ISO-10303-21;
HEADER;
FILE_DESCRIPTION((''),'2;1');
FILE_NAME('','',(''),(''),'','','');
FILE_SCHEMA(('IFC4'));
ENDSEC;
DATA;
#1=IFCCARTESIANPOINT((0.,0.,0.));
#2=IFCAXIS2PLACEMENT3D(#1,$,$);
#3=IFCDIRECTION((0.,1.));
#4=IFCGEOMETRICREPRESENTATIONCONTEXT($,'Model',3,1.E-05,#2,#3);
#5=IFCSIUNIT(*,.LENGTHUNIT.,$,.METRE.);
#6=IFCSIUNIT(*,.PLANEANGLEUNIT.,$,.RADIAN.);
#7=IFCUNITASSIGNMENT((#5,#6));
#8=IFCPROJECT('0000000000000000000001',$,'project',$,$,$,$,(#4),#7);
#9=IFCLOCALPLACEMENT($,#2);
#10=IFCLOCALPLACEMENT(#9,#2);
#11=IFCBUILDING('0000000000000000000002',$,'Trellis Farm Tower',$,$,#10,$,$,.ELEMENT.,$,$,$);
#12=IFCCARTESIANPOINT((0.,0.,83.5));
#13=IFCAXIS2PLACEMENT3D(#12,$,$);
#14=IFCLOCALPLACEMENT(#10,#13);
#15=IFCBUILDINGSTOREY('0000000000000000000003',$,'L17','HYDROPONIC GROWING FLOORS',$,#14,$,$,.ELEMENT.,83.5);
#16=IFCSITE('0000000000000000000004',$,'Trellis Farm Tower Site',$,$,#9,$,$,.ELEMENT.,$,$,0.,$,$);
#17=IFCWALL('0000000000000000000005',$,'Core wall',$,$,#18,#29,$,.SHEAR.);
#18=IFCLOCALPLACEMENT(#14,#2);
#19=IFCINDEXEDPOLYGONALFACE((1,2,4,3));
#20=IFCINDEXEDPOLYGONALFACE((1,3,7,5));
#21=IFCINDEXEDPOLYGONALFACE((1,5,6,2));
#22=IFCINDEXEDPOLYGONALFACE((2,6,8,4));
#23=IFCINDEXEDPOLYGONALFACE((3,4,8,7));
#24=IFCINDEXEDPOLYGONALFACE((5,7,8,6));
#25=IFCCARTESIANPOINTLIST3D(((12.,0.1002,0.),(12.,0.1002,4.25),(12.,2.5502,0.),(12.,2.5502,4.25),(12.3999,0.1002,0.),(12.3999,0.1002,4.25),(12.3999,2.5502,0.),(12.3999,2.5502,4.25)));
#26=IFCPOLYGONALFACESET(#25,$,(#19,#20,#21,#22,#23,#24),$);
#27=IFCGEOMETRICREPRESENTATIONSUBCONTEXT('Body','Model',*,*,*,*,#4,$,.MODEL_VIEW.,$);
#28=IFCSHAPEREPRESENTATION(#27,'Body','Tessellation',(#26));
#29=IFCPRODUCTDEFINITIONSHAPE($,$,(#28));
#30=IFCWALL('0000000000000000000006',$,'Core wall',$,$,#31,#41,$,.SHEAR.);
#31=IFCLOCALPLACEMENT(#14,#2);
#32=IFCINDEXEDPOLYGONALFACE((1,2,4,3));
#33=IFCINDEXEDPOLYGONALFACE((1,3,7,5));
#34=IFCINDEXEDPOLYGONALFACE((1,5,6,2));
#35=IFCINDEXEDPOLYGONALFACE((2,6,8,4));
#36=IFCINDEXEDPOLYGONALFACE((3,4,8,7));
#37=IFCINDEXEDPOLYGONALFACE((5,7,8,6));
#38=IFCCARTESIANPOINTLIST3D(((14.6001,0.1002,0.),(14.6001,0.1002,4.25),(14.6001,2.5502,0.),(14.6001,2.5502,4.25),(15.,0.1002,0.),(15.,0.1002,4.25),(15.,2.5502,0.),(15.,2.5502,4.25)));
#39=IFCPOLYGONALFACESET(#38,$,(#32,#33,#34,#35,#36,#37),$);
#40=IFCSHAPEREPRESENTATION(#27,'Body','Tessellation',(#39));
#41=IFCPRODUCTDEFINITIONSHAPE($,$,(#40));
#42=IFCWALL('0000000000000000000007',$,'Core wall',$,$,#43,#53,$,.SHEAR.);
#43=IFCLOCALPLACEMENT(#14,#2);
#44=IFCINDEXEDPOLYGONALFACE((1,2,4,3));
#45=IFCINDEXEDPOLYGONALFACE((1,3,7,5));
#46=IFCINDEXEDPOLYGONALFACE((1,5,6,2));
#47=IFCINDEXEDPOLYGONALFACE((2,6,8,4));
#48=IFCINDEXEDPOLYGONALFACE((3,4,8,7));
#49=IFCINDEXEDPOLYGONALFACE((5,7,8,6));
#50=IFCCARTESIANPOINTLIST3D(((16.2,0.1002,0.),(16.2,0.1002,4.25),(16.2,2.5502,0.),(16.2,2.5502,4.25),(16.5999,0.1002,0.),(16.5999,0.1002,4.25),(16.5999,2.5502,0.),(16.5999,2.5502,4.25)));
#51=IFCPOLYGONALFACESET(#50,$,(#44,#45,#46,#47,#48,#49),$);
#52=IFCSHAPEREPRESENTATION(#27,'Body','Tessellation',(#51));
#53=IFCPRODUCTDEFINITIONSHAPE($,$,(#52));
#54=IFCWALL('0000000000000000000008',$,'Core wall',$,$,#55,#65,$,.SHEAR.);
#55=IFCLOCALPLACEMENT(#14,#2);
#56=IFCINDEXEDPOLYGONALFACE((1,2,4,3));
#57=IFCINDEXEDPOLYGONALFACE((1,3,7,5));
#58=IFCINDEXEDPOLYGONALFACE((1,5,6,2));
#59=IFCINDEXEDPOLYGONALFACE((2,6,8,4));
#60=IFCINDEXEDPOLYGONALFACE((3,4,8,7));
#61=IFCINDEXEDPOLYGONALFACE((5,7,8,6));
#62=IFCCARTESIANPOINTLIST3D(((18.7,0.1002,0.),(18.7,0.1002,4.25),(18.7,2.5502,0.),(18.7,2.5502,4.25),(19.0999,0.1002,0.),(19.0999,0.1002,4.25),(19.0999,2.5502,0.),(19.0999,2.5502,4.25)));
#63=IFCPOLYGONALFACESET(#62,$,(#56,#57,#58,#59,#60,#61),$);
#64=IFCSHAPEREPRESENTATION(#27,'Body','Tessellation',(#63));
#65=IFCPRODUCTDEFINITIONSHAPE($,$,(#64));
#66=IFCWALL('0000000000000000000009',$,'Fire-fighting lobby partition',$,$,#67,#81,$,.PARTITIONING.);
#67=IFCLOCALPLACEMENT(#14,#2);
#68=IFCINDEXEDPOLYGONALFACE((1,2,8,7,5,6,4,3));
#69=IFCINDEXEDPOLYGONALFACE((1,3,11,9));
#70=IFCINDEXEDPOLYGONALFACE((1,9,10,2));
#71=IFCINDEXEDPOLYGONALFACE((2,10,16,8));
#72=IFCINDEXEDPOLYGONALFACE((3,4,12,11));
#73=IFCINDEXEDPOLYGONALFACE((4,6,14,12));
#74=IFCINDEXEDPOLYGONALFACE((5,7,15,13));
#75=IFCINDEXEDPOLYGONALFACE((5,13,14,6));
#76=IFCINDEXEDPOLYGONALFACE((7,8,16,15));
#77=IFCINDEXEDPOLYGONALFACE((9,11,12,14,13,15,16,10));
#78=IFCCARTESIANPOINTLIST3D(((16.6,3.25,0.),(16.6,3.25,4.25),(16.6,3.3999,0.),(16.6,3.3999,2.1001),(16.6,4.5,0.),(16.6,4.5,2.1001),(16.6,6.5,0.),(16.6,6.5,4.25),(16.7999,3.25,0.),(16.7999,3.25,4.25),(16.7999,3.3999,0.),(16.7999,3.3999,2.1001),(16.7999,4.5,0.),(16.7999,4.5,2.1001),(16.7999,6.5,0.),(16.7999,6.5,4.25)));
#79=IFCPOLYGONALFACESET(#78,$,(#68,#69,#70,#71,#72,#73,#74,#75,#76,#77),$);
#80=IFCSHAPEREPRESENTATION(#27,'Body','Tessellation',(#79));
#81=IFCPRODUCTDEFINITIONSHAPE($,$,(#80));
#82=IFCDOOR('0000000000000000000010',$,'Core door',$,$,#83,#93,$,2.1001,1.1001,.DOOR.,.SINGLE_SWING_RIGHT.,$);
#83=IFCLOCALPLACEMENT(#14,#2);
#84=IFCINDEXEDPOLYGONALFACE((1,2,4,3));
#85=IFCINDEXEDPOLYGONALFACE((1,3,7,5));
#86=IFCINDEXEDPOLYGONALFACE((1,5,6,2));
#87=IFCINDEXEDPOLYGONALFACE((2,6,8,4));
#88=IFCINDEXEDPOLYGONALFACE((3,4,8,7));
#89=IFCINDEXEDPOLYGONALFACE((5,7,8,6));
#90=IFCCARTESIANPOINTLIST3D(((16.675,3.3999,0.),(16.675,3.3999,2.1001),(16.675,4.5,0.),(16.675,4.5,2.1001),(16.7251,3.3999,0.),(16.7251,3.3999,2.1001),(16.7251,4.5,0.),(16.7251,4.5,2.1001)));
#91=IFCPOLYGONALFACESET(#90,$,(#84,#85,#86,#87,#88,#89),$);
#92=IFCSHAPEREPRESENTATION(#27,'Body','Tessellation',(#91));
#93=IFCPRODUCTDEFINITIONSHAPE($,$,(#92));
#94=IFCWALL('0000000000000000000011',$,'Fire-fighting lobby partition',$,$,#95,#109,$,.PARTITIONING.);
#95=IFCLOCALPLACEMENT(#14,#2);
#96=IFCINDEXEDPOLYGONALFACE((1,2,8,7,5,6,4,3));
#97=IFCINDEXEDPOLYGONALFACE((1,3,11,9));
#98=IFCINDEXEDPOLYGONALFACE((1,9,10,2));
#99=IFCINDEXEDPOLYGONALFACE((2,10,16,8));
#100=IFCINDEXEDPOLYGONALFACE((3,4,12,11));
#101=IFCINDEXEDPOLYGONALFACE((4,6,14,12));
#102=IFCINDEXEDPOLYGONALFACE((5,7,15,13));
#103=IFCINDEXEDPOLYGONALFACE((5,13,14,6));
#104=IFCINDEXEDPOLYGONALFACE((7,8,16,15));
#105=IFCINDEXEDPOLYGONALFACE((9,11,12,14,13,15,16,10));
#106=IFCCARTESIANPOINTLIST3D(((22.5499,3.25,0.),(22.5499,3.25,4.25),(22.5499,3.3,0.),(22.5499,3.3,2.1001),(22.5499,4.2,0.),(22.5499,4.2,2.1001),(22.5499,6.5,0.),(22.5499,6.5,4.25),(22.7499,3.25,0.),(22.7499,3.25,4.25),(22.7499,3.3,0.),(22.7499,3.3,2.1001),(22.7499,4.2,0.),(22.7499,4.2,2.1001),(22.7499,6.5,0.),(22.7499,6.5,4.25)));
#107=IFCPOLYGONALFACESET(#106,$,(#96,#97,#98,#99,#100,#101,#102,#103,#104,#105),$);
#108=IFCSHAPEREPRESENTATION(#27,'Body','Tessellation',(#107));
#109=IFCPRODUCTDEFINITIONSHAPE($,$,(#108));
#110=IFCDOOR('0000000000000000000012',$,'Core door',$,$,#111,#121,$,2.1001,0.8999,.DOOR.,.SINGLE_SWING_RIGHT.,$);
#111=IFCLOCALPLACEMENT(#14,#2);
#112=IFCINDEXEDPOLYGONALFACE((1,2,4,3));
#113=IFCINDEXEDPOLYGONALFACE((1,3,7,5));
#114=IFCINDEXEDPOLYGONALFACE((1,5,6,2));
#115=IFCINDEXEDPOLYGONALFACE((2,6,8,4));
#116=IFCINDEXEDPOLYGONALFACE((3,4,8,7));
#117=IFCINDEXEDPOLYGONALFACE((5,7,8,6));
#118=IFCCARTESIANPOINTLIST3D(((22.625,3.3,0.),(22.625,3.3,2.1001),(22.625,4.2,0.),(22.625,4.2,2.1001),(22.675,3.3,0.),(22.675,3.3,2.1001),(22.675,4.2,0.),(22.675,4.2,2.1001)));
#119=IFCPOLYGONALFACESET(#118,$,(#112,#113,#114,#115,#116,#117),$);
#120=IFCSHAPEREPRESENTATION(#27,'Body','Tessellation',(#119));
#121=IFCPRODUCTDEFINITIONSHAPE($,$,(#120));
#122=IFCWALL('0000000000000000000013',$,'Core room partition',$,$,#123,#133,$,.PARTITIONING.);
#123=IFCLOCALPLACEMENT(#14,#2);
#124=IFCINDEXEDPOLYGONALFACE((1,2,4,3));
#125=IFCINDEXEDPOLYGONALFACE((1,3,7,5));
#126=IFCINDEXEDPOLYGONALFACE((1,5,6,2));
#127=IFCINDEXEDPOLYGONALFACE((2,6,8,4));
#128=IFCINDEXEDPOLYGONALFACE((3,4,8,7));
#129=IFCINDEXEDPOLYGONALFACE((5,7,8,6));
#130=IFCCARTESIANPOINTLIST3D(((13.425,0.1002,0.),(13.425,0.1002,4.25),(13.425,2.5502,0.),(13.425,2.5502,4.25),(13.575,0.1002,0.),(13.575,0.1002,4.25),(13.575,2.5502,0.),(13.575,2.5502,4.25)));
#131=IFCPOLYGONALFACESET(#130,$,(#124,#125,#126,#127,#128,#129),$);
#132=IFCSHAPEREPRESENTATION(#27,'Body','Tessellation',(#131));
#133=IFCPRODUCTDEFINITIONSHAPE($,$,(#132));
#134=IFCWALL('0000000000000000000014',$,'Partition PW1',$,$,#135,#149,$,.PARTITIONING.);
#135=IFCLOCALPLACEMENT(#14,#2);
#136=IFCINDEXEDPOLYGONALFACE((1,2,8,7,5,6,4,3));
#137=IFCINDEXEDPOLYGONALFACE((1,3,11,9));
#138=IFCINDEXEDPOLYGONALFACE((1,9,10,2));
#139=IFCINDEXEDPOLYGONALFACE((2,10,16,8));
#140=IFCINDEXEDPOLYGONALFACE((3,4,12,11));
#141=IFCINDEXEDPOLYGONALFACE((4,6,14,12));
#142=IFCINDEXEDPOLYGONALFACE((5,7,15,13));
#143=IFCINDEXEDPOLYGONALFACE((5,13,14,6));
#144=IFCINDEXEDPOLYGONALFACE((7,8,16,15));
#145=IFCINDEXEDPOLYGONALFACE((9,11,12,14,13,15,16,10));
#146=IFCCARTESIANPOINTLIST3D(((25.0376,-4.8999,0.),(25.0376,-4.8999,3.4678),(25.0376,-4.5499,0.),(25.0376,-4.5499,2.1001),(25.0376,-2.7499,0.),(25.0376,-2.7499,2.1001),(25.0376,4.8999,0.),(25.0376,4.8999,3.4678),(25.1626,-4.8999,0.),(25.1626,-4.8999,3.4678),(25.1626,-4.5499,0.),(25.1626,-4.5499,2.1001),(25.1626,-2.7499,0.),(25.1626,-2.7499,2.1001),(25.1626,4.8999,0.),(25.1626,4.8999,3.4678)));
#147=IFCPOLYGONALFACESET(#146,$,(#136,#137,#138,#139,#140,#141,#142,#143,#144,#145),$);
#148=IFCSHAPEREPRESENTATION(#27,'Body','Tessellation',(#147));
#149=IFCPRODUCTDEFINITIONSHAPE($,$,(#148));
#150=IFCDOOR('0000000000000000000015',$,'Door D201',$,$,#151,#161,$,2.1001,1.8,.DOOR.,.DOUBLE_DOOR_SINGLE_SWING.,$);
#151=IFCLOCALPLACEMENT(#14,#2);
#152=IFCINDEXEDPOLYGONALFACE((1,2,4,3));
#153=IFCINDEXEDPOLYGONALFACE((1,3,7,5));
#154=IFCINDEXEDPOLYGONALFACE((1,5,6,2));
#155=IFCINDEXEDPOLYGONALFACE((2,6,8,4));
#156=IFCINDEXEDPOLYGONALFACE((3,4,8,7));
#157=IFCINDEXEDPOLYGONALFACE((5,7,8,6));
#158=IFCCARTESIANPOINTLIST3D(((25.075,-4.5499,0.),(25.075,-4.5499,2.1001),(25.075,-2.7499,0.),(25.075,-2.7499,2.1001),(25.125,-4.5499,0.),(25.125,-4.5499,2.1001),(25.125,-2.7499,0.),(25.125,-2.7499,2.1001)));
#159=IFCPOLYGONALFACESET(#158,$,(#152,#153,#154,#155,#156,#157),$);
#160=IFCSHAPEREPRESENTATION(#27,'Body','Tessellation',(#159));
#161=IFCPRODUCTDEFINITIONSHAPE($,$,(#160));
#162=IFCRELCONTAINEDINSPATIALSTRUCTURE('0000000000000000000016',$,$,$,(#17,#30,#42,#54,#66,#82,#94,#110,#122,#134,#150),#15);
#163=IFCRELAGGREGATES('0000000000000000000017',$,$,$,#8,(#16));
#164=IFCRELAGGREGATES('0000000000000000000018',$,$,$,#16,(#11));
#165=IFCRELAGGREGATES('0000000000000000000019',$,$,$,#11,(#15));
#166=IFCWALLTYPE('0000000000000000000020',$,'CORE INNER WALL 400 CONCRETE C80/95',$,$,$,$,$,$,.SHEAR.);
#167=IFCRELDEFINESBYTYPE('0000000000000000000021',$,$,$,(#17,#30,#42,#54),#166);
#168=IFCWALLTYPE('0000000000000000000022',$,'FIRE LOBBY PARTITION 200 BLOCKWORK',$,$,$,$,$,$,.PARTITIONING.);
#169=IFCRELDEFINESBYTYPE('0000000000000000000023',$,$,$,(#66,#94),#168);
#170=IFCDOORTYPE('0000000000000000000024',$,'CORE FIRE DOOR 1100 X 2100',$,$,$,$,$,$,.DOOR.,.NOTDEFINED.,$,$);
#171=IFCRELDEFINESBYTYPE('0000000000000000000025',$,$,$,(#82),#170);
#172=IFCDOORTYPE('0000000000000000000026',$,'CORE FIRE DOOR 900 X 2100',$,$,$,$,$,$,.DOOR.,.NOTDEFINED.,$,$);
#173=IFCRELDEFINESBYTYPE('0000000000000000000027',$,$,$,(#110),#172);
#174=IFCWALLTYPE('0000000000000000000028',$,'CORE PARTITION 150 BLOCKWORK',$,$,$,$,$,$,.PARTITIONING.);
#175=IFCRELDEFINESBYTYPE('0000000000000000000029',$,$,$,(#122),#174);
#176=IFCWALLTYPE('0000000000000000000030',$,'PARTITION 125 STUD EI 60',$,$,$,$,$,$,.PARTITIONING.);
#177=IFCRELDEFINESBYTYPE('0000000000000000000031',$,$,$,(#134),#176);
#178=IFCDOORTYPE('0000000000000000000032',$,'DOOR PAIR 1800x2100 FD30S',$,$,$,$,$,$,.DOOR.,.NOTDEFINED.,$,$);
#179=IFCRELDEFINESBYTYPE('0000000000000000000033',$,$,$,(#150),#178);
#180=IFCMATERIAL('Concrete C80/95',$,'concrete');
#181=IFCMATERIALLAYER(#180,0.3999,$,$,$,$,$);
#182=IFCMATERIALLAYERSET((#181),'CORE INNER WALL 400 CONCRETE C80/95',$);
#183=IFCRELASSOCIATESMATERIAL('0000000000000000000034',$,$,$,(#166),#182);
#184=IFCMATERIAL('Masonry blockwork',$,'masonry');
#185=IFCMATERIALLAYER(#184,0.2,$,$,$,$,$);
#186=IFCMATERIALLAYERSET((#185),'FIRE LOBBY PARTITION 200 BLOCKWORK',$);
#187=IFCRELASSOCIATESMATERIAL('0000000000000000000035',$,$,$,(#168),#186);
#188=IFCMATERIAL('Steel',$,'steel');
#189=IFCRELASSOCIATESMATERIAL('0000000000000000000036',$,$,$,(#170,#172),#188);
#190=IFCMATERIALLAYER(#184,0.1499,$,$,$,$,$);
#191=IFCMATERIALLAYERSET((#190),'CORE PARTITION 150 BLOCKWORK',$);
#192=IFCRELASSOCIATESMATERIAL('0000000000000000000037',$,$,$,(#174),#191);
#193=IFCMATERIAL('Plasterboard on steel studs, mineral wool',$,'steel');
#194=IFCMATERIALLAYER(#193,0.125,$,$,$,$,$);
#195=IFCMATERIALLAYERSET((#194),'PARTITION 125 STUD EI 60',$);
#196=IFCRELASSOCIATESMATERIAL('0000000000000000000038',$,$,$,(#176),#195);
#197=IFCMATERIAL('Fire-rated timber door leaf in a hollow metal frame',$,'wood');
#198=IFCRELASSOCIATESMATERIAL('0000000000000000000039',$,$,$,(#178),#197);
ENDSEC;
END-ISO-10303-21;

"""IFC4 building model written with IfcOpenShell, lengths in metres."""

from ifc_helpers import new_model, si_unit, direction, frame, frame_2d, origin, place, context, subcontext, project, spatial, rectangle, extrude, source, transform, mapped, material, layer, layer_set, type_object, element, fill, save


model = new_model("IFC4")

# Units and contexts
model_context = context("Model", 3, precision=1e-05, world=origin(), true_north=direction((0.0, 1.0)))
body_context = subcontext(model_context, "Body", "Model", "MODEL_VIEW")
ifc_project = project(units=[si_unit("LENGTHUNIT", "METRE"), si_unit("PLANEANGLEUNIT", "RADIAN")], contexts=[model_context])

# Site, building, storey
site_placement = place(None, origin())
site = spatial("IfcSite", under=ifc_project, at=site_placement, Name="Trellis Farm Tower Site", CompositionType="ELEMENT", RefElevation=0.0)
building_placement = place(site_placement, origin())
building = spatial("IfcBuilding", under=site, at=building_placement, Name="Trellis Farm Tower", CompositionType="ELEMENT")
storey_placement = place(building_placement, frame((0.0, 0.0, 83.5)))
storey = spatial("IfcBuildingStorey", under=building, at=storey_placement, Name="L17", Description="HYDROPONIC GROWING FLOORS", CompositionType="ELEMENT", Elevation=83.5)

# Shared definitions
ifc_material_1 = material(Name="Concrete C80/95", Category="concrete")

# Walls
ifc_layer_1 = layer(ifc_material_1, 0.3999)
ifc_layer_set_1 = layer_set([ifc_layer_1], Name="CORE INNER WALL 400 CONCRETE C80/95")
wall_type_1 = type_object("IfcWallType", Name="CORE INNER WALL 400 CONCRETE C80/95", PredefinedType="SHEAR", material=ifc_layer_set_1)
shared_shape_1 = source(origin(), body_context, "Body", "SweptSolid", [
    extrude(rectangle(XDim=2.45, YDim=0.3999, at=frame_2d((1.2251, 0.0))), origin(), (0.0, 0.0, 1.0), 4.25),
])
for number, where, z_axis, x_axis, name in (
    (1, (12.2, 0.1001, 0.0), (0.0, 0.0, 1.0), (0.0, 1.0, 0.0), "Core wall"),
    (2, (14.8, 0.1001, 0.0), (0.0, 0.0, 1.0), (0.0, 1.0, 0.0), "Core wall"),
    (3, (16.3999, 0.1001, 0.0), (0.0, 0.0, 1.0), (0.0, 1.0, 0.0), "Core wall"),
    (4, (18.8999, 0.1001, 0.0), (0.0, 0.0, 1.0), (0.0, 1.0, 0.0), "Core wall"),
):
    element("IfcWall", number, at=place(storey_placement, frame(where, z_axis=z_axis, x_axis=x_axis)), inside=storey, type_object=wall_type_1, Name=name, PredefinedType="SHEAR", context=body_context, shape_type="MappedRepresentation", body=[
        mapped(shared_shape_1, transform((0.0, 0.0, 0.0))),
    ])

# Walls, openings, doors
ifc_material_2 = material(Name="Masonry blockwork", Category="masonry")
ifc_layer_2 = layer(ifc_material_2, 0.2)
ifc_layer_set_2 = layer_set([ifc_layer_2], Name="FIRE LOBBY PARTITION 200 BLOCKWORK")
wall_type_2 = type_object("IfcWallType", Name="FIRE LOBBY PARTITION 200 BLOCKWORK", PredefinedType="PARTITIONING", material=ifc_layer_set_2)
shared_shape_2 = source(origin(), body_context, "Body", "SweptSolid", [
    extrude(rectangle(XDim=3.25, YDim=0.2, at=frame_2d((1.625, 0.0))), origin(), (0.0, 0.0, 1.0), 4.25),
])
wall_1_placement = place(storey_placement, frame((16.7, 3.25, 0.0), z_axis=(0.0, 0.0, 1.0), x_axis=(0.0, 1.0, 0.0)))
wall_1 = element("IfcWall", 5, at=wall_1_placement, inside=storey, type_object=wall_type_2, Name="Fire-fighting lobby partition", PredefinedType="PARTITIONING", context=body_context, shape_type="MappedRepresentation", body=[
    mapped(shared_shape_2, transform((0.0, 0.0, 0.0))),
])
shared_shape_3 = source(origin(), body_context, "Body", "SweptSolid", [
    extrude(rectangle(XDim=1.1001, YDim=2.1001, at=frame_2d((0.55, 1.05))), frame((0.0, 0.1101, 0.0), z_axis=(0.0, -1.0, 0.0), x_axis=(1.0, 0.0, 0.0)), (0.0, 0.0, 1.0), 0.2202),
])
opening_1_placement = place(wall_1_placement, frame((0.1499, 0.0, 0.0)))
opening_1 = element("IfcOpeningElement", 6, at=opening_1_placement, cuts=wall_1, PredefinedType="OPENING", context=body_context, shape_type="MappedRepresentation", body=[
    mapped(shared_shape_3, transform((0.0, 0.0, 0.0))),
])
ifc_material_3 = material(Name="Steel", Category="steel")
door_type_1 = type_object("IfcDoorType", Name="CORE FIRE DOOR 1100 X 2100", OperationType="NOTDEFINED", PredefinedType="DOOR", material=ifc_material_3)
shared_shape_4 = source(origin(), body_context, "Body", "SweptSolid", [
    extrude(rectangle(XDim=1.1001, YDim=2.1001, at=frame_2d((0.55, 1.05))), frame((0.0, 0.0249, 0.0), z_axis=(0.0, -1.0, 0.0), x_axis=(1.0, 0.0, 0.0)), (0.0, 0.0, 1.0), 0.05),
])
door_1_placement = place(opening_1_placement, origin())
door_1 = element("IfcDoor", 7, at=door_1_placement, inside=storey, type_object=door_type_1, Name="Core door", OperationType="SINGLE_SWING_RIGHT", OverallHeight=2.1001, OverallWidth=1.1001, PredefinedType="DOOR", context=body_context, shape_type="MappedRepresentation", body=[
    mapped(shared_shape_4, transform((0.0, 0.0, 0.0))),
])
fill(opening_1, door_1)
wall_2_placement = place(storey_placement, frame((22.6499, 3.25, 0.0), z_axis=(0.0, 0.0, 1.0), x_axis=(0.0, 1.0, 0.0)))
wall_2 = element("IfcWall", 8, at=wall_2_placement, inside=storey, type_object=wall_type_2, Name="Fire-fighting lobby partition", PredefinedType="PARTITIONING", context=body_context, shape_type="MappedRepresentation", body=[
    mapped(shared_shape_2, transform((0.0, 0.0, 0.0))),
])
shared_shape_5 = source(origin(), body_context, "Body", "SweptSolid", [
    extrude(rectangle(XDim=0.8999, YDim=2.1001, at=frame_2d((0.45, 1.05))), frame((0.0, 0.1101, 0.0), z_axis=(0.0, -1.0, 0.0), x_axis=(1.0, 0.0, 0.0)), (0.0, 0.0, 1.0), 0.2202),
])
opening_2_placement = place(wall_2_placement, frame((0.05, 0.0, 0.0)))
opening_2 = element("IfcOpeningElement", 9, at=opening_2_placement, cuts=wall_2, PredefinedType="OPENING", context=body_context, shape_type="MappedRepresentation", body=[
    mapped(shared_shape_5, transform((0.0, 0.0, 0.0))),
])
door_type_2 = type_object("IfcDoorType", Name="CORE FIRE DOOR 900 X 2100", OperationType="NOTDEFINED", PredefinedType="DOOR", material=ifc_material_3)
shared_shape_6 = source(origin(), body_context, "Body", "SweptSolid", [
    extrude(rectangle(XDim=0.8999, YDim=2.1001, at=frame_2d((0.45, 1.05))), frame((0.0, 0.0249, 0.0), z_axis=(0.0, -1.0, 0.0), x_axis=(1.0, 0.0, 0.0)), (0.0, 0.0, 1.0), 0.05),
])
door_2_placement = place(opening_2_placement, origin())
door_2 = element("IfcDoor", 10, at=door_2_placement, inside=storey, type_object=door_type_2, Name="Core door", OperationType="SINGLE_SWING_RIGHT", OverallHeight=2.1001, OverallWidth=0.8999, PredefinedType="DOOR", context=body_context, shape_type="MappedRepresentation", body=[
    mapped(shared_shape_6, transform((0.0, 0.0, 0.0))),
])
fill(opening_2, door_2)

# Wall
ifc_layer_3 = layer(ifc_material_2, 0.1499)
ifc_layer_set_3 = layer_set([ifc_layer_3], Name="CORE PARTITION 150 BLOCKWORK")
wall_type_3 = type_object("IfcWallType", Name="CORE PARTITION 150 BLOCKWORK", PredefinedType="PARTITIONING", material=ifc_layer_set_3)
shared_shape_7 = source(origin(), body_context, "Body", "SweptSolid", [
    extrude(rectangle(XDim=2.45, YDim=0.1499, at=frame_2d((1.2251, 0.0))), origin(), (0.0, 0.0, 1.0), 4.25),
])
wall_3_placement = place(storey_placement, frame((13.5, 0.1001, 0.0), z_axis=(0.0, 0.0, 1.0), x_axis=(0.0, 1.0, 0.0)))
element("IfcWall", 11, at=wall_3_placement, inside=storey, type_object=wall_type_3, Name="Core room partition", PredefinedType="PARTITIONING", context=body_context, shape_type="MappedRepresentation", body=[
    mapped(shared_shape_7, transform((0.0, 0.0, 0.0))),
])

# Wall, opening, door
ifc_material_4 = material(Name="Plasterboard on steel studs, mineral wool", Category="steel")
ifc_layer_4 = layer(ifc_material_4, 0.125)
ifc_layer_set_4 = layer_set([ifc_layer_4], Name="PARTITION 125 STUD EI 60")
wall_type_4 = type_object("IfcWallType", Name="PARTITION 125 STUD EI 60", PredefinedType="PARTITIONING", material=ifc_layer_set_4)
shared_shape_8 = source(origin(), body_context, "Body", "SweptSolid", [
    extrude(rectangle(XDim=9.7998, YDim=0.125, at=frame_2d((4.8999, 0.0))), origin(), (0.0, 0.0, 1.0), 3.4678),
])
wall_4_placement = place(storey_placement, frame((25.1001, 4.8999, 0.0), z_axis=(0.0, 0.0, 1.0), x_axis=(0.0, -1.0, 0.0)))
wall_4 = element("IfcWall", 12, at=wall_4_placement, inside=storey, type_object=wall_type_4, Name="Partition PW1", PredefinedType="PARTITIONING", context=body_context, shape_type="MappedRepresentation", body=[
    mapped(shared_shape_8, transform((0.0, 0.0, 0.0))),
])
shared_shape_9 = source(origin(), body_context, "Body", "SweptSolid", [
    extrude(rectangle(XDim=1.8, YDim=2.1001, at=frame_2d((0.8999, 1.05))), frame((0.0, 0.0725, 0.0), z_axis=(0.0, -1.0, 0.0), x_axis=(1.0, 0.0, 0.0)), (0.0, 0.0, 1.0), 0.145),
])
opening_3_placement = place(wall_4_placement, frame((7.6499, 0.0, 0.0)))
opening_3 = element("IfcOpeningElement", 13, at=opening_3_placement, cuts=wall_4, PredefinedType="OPENING", context=body_context, shape_type="MappedRepresentation", body=[
    mapped(shared_shape_9, transform((0.0, 0.0, 0.0))),
])
ifc_material_5 = material(Name="Fire-rated timber door leaf in a hollow metal frame", Category="wood")
door_type_3 = type_object("IfcDoorType", Name="DOOR PAIR 1800x2100 FD30S", OperationType="NOTDEFINED", PredefinedType="DOOR", material=ifc_material_5)
shared_shape_10 = source(origin(), body_context, "Body", "SweptSolid", [
    extrude(rectangle(XDim=1.8, YDim=2.1001, at=frame_2d((0.8999, 1.05))), frame((0.0, 0.0249, 0.0), z_axis=(0.0, -1.0, 0.0), x_axis=(1.0, 0.0, 0.0)), (0.0, 0.0, 1.0), 0.05),
])
door_3_placement = place(opening_3_placement, origin())
door_3 = element("IfcDoor", 14, at=door_3_placement, inside=storey, type_object=door_type_3, Name="Door D201", OperationType="DOUBLE_DOOR_SINGLE_SWING", OverallHeight=2.1001, OverallWidth=1.8, PredefinedType="DOOR", context=body_context, shape_type="MappedRepresentation", body=[
    mapped(shared_shape_10, transform((0.0, 0.0, 0.0))),
])
fill(opening_3, door_3)

save(model, "model.ifc")
